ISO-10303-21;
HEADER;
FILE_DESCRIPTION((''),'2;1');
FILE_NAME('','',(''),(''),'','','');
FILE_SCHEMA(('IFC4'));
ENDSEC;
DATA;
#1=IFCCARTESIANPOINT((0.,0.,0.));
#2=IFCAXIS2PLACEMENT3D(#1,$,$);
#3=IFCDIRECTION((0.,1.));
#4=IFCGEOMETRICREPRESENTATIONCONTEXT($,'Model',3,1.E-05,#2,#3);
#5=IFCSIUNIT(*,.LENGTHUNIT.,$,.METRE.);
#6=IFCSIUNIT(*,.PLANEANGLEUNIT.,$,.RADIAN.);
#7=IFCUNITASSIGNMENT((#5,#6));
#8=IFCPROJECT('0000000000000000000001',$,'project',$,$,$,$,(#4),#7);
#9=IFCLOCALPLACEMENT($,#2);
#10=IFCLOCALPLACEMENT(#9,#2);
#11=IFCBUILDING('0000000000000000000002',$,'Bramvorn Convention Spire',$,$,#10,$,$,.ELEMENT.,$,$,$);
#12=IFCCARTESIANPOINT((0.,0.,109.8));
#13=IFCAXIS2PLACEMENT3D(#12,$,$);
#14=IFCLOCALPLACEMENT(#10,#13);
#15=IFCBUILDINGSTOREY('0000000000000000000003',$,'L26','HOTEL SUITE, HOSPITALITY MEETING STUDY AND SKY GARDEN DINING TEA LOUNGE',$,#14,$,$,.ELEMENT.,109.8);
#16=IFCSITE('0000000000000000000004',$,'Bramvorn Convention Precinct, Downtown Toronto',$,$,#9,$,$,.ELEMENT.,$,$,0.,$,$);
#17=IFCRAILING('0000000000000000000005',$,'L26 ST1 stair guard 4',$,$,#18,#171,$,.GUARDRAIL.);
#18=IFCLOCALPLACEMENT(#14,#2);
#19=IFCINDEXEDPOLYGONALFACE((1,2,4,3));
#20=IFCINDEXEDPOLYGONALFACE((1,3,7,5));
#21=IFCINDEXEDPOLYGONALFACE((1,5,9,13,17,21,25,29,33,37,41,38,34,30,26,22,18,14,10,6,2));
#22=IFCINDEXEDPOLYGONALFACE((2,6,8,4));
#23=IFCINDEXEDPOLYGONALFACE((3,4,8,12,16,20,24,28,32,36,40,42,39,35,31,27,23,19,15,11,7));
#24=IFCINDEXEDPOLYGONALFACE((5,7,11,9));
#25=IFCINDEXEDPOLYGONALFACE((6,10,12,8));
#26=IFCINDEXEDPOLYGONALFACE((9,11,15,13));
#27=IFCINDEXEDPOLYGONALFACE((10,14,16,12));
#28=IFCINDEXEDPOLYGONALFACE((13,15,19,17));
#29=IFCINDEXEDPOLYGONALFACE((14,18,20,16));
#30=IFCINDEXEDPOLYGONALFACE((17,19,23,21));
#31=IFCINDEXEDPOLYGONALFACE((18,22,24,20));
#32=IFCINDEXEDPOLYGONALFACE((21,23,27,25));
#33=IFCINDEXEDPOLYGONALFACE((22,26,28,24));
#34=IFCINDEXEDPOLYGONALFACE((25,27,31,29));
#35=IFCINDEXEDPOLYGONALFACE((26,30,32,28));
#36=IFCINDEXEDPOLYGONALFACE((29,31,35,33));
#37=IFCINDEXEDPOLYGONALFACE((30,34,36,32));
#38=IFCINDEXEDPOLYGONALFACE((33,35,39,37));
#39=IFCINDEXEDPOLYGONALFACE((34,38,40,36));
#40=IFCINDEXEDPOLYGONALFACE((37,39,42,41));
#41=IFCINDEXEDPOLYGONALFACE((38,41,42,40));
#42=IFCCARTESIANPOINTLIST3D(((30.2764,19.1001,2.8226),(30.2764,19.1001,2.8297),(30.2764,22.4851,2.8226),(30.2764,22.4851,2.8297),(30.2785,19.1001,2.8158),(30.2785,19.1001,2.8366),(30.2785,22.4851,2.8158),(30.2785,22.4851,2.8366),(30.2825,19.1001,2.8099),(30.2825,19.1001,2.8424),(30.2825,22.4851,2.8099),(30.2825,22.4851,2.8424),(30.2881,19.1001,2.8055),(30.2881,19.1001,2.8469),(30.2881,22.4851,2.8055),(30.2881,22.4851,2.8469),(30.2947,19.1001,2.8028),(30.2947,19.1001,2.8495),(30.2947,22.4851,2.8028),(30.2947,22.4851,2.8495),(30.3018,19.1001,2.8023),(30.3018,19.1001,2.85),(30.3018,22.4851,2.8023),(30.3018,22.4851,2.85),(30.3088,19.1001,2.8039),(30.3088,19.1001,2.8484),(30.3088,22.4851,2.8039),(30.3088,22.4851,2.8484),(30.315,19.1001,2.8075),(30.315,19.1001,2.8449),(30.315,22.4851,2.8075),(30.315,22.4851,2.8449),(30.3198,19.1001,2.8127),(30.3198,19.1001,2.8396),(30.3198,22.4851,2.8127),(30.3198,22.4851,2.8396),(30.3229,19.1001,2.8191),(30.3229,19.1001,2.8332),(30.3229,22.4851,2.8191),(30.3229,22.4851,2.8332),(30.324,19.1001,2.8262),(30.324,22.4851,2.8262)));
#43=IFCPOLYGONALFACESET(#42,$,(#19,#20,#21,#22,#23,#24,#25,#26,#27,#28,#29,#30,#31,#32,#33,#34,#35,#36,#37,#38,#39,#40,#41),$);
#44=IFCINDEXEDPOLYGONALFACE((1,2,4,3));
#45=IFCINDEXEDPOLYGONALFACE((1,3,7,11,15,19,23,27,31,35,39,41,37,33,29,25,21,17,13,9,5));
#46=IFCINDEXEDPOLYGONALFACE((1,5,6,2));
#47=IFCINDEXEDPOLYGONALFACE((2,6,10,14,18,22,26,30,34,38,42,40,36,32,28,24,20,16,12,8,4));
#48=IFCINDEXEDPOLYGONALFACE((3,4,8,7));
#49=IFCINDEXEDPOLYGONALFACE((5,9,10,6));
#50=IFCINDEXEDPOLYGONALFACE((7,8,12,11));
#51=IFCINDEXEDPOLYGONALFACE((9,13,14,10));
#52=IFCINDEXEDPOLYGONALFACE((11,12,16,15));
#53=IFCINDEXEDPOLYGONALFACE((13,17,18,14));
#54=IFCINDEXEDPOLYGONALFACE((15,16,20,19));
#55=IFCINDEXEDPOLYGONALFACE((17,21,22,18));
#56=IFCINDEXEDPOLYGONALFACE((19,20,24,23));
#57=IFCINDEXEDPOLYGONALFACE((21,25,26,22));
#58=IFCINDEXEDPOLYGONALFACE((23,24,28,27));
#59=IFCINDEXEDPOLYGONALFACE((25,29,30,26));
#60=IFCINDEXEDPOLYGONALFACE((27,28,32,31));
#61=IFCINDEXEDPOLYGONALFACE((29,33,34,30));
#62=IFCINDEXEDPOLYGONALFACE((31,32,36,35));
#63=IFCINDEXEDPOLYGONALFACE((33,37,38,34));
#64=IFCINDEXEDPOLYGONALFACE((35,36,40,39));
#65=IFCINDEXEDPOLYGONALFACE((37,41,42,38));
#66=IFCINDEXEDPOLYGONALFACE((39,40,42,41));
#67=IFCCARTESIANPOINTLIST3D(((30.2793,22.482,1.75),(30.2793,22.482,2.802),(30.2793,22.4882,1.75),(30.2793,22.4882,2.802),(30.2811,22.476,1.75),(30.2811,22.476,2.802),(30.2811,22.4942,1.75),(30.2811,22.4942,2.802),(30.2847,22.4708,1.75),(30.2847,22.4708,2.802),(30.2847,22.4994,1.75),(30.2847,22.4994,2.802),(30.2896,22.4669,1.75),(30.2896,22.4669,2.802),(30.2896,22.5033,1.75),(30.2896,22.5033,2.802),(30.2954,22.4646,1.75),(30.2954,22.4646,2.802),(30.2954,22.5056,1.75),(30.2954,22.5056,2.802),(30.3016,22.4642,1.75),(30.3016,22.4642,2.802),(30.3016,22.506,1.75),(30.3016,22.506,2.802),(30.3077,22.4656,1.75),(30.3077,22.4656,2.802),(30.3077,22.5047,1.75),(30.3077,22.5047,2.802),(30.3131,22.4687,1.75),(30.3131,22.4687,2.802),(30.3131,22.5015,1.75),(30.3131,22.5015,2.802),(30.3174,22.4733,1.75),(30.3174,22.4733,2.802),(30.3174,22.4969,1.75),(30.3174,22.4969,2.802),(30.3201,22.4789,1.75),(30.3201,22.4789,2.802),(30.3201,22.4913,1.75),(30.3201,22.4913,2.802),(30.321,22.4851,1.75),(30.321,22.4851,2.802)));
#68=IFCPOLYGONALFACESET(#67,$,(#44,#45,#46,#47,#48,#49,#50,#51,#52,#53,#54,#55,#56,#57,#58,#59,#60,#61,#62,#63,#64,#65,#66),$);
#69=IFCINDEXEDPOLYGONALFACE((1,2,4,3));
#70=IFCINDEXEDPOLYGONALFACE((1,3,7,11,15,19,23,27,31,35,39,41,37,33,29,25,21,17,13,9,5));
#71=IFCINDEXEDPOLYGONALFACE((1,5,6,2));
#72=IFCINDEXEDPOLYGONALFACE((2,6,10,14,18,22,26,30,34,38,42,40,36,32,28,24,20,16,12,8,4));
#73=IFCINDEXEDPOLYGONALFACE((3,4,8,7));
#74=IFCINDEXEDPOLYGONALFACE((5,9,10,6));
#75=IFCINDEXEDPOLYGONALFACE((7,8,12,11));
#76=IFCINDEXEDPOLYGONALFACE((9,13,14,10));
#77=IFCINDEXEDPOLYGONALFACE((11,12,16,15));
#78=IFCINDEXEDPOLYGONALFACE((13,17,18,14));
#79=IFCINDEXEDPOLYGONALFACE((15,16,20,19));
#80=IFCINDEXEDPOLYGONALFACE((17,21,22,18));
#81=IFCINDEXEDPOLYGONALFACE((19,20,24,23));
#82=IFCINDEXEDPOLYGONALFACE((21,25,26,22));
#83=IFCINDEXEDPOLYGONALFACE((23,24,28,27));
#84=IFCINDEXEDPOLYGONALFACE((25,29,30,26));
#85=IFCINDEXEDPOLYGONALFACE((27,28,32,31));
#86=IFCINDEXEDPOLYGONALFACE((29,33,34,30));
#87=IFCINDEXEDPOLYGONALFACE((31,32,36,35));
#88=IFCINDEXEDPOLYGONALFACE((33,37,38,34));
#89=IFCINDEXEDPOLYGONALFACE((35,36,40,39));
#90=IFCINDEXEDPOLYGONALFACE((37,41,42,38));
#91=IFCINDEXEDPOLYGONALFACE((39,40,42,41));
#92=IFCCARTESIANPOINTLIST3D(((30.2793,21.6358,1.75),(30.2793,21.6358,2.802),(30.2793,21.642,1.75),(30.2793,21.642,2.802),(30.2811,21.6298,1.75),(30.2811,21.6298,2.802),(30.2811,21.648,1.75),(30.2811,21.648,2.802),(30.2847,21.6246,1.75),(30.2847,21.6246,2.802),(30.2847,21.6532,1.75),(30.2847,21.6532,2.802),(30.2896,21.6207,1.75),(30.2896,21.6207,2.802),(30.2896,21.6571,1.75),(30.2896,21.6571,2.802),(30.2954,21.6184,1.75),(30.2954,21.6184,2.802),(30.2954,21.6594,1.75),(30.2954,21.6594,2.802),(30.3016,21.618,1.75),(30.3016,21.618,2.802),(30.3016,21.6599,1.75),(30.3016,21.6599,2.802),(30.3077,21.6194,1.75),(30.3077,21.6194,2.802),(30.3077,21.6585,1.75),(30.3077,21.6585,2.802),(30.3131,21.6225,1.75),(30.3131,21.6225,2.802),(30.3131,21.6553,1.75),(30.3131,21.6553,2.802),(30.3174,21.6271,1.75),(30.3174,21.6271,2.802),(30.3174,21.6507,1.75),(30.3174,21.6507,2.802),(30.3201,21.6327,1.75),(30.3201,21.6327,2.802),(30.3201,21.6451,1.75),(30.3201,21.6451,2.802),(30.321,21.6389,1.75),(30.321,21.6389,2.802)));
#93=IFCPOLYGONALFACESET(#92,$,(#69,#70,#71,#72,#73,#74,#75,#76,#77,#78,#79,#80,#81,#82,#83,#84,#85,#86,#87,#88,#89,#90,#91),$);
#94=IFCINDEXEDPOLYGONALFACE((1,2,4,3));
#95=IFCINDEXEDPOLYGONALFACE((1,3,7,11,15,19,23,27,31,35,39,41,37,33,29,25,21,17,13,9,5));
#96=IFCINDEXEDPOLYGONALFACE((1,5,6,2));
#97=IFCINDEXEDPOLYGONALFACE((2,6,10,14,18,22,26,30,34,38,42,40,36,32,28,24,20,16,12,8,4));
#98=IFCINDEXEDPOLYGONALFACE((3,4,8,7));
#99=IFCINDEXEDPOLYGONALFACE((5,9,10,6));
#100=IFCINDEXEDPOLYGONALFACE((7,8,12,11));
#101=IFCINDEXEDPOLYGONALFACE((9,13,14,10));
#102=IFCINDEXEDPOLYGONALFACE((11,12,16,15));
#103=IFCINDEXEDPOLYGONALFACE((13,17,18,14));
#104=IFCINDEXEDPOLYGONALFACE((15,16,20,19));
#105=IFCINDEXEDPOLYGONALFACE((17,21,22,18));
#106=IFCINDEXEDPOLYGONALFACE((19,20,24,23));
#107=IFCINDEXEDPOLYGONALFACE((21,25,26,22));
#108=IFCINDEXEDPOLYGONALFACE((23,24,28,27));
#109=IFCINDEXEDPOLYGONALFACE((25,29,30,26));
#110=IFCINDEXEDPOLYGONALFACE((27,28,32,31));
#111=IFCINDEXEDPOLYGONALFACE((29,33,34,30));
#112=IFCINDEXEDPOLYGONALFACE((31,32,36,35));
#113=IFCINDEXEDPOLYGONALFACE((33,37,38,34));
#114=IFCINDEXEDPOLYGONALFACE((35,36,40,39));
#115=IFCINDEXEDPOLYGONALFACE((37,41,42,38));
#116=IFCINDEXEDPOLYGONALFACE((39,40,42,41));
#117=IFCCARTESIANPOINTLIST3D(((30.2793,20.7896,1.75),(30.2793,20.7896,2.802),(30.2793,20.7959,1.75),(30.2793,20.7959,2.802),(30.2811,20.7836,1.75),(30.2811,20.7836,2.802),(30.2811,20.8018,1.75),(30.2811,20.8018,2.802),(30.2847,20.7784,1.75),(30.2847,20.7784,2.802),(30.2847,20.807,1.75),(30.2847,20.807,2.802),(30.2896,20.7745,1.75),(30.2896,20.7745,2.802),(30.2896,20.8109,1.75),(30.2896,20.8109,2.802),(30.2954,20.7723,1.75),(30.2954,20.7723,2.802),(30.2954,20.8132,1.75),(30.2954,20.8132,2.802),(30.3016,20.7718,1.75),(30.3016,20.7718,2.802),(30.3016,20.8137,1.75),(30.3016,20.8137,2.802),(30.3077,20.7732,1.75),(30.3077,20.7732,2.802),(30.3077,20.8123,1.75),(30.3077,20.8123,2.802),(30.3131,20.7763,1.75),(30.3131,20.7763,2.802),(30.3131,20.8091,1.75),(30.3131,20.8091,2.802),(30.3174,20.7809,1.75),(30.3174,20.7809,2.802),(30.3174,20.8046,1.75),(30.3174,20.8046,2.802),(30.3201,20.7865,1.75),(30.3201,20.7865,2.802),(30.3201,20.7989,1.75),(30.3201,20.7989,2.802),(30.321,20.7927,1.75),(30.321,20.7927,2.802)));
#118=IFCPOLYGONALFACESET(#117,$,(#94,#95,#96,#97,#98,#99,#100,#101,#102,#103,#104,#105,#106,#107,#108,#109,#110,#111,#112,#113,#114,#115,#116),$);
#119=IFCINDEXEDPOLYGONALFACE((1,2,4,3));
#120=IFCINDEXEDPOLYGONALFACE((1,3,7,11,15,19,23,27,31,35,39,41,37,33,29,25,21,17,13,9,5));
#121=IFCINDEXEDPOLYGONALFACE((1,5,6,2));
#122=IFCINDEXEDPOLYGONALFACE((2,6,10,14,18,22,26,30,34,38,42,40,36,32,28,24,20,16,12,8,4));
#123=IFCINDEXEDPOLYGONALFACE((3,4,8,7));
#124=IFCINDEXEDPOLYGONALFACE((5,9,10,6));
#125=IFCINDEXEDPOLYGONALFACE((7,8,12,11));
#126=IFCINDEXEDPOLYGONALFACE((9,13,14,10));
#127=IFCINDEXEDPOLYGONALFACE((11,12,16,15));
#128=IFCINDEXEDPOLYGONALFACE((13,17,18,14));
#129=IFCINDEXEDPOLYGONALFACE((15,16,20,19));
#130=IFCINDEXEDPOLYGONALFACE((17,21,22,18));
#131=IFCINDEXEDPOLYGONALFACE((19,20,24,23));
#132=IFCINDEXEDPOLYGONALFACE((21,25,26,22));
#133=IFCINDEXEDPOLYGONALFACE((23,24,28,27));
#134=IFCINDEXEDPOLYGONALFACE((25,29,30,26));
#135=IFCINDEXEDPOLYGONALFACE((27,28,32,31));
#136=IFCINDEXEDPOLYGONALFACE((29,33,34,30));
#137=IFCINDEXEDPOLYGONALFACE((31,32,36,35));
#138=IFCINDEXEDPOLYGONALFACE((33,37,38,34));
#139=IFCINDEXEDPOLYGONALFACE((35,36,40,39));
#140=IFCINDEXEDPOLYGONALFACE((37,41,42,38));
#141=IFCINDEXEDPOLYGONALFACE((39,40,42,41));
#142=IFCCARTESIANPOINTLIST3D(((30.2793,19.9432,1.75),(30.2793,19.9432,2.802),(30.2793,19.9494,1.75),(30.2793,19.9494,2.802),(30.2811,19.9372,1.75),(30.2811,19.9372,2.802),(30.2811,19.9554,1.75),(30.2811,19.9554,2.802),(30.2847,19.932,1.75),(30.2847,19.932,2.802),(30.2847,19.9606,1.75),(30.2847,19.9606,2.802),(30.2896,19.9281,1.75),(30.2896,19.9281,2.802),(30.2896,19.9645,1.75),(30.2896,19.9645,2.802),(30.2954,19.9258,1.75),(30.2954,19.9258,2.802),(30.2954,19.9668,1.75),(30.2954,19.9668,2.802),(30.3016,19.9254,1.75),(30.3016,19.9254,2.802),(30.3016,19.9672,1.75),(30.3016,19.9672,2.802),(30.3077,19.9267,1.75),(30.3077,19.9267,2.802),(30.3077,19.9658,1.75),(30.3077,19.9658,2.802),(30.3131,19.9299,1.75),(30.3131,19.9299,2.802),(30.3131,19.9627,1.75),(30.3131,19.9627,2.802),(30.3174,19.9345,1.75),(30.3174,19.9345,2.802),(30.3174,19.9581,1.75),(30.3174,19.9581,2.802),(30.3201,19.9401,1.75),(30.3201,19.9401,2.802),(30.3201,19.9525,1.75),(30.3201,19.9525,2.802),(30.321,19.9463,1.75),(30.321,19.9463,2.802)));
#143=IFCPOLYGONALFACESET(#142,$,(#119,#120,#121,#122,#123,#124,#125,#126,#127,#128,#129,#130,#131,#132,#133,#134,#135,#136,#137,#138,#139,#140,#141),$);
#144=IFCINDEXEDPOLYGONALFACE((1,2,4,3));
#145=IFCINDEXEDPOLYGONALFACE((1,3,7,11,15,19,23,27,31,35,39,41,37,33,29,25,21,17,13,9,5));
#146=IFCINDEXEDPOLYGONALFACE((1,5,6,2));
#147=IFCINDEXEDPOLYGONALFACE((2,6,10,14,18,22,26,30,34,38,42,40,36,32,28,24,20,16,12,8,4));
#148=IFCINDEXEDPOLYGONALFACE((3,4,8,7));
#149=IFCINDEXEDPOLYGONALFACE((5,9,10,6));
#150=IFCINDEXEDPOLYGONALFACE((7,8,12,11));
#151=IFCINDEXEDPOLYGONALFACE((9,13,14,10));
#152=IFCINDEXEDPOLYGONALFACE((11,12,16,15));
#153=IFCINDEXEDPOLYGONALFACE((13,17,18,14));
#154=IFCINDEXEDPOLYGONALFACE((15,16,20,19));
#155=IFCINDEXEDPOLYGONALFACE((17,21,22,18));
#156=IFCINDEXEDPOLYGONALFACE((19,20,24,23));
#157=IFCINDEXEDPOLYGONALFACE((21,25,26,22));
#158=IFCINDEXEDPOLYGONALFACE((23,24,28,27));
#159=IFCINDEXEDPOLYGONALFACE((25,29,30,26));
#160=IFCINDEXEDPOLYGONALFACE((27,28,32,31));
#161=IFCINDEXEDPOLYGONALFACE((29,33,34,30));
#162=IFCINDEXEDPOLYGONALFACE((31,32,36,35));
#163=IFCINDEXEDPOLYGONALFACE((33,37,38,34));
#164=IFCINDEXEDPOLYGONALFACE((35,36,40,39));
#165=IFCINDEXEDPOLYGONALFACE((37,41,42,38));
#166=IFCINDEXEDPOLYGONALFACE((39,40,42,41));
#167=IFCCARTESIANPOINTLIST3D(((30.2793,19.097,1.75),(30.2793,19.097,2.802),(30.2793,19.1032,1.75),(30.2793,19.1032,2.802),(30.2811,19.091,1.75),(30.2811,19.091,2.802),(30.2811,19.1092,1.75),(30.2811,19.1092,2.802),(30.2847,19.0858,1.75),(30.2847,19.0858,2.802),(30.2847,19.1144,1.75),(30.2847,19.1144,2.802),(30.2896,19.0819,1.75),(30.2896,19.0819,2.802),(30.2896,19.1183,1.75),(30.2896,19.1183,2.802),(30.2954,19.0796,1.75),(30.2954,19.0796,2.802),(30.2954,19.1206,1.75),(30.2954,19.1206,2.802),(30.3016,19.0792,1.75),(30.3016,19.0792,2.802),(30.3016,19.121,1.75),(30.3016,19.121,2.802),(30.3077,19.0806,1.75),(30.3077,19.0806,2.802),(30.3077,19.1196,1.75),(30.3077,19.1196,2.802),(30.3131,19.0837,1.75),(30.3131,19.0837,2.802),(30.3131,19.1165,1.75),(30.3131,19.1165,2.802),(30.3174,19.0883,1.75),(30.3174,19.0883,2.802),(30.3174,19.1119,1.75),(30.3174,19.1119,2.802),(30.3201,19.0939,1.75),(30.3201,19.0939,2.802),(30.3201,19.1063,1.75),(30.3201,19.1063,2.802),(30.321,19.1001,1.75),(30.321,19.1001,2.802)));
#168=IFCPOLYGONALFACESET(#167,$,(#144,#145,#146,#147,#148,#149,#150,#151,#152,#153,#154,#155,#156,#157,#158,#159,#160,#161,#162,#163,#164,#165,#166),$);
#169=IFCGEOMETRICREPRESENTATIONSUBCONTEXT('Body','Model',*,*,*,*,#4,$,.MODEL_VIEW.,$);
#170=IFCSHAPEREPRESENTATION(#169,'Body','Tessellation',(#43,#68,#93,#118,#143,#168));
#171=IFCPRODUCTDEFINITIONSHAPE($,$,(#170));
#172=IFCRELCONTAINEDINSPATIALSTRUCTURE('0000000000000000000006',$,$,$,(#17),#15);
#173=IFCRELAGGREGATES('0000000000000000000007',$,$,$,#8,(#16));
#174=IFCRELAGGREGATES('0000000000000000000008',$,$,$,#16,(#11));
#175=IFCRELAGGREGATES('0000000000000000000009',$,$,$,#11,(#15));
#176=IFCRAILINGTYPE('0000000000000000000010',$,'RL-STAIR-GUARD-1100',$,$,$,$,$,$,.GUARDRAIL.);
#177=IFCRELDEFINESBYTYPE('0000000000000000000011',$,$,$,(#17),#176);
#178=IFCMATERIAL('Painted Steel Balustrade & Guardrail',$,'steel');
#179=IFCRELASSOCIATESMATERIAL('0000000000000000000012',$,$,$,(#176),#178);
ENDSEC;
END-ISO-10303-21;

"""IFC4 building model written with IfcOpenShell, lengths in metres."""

from ifc_helpers import new_model, si_unit, direction, frame, origin, origin_2d, place, context, subcontext, project, spatial, circle, extrude, material, type_object, element, save


model = new_model("IFC4")

# Units and contexts
model_context = context("Model", 3, precision=1e-05, world=origin(), true_north=direction((0.0, 1.0)))
body_context = subcontext(model_context, "Body", "Model", "MODEL_VIEW")
ifc_project = project(units=[si_unit("LENGTHUNIT", "METRE"), si_unit("PLANEANGLEUNIT", "RADIAN")], contexts=[model_context])

# Site, building, storey
site_placement = place(None, origin())
site = spatial("IfcSite", under=ifc_project, at=site_placement, Name="Bramvorn Convention Precinct, Downtown Toronto", CompositionType="ELEMENT", RefElevation=0.0)
building_placement = place(site_placement, origin())
building = spatial("IfcBuilding", under=site, at=building_placement, Name="Bramvorn Convention Spire", CompositionType="ELEMENT")
storey_placement = place(building_placement, frame((0.0, 0.0, 109.8)))
storey = spatial("IfcBuildingStorey", under=building, at=storey_placement, Name="L26", Description="HOTEL SUITE, HOSPITALITY MEETING STUDY AND SKY GARDEN DINING TEA LOUNGE", CompositionType="ELEMENT", Elevation=109.8)

# Railing
ifc_material_1 = material(Name="Painted Steel Balustrade & Guardrail", Category="steel")
railing_type_1 = type_object("IfcRailingType", Name="RL-STAIR-GUARD-1100", PredefinedType="GUARDRAIL", material=ifc_material_1)
for number, where, name in (
    (1, (30.3, 22.4851, 1.75), "L26 ST1 stair guard 4"),
):
    element("IfcRailing", number, at=place(storey_placement, frame(where)), inside=storey, type_object=railing_type_1, Name=name, PredefinedType="GUARDRAIL", context=body_context, shape_type="SweptSolid", body=[
        extrude(circle(Radius=0.0239, at=origin_2d()), frame((0.0, 0.0, 1.0762), z_axis=(0.0, -1.0, 0.0), x_axis=(1.0, 0.0, 0.0)), (0.0, 0.0, 1.0), 3.385),
        extrude(circle(Radius=0.021, at=origin_2d()), origin(), (0.0, 0.0, 1.0), 1.052),
        extrude(circle(Radius=0.021, at=origin_2d()), frame((0.0, -0.8462, 0.0)), (0.0, 0.0, 1.0), 1.052),
        extrude(circle(Radius=0.021, at=origin_2d()), frame((0.0, -1.6924, 0.0)), (0.0, 0.0, 1.0), 1.052),
        extrude(circle(Radius=0.021, at=origin_2d()), frame((0.0, -2.5388, 0.0)), (0.0, 0.0, 1.0), 1.052),
        extrude(circle(Radius=0.021, at=origin_2d()), frame((0.0, -3.385, 0.0)), (0.0, 0.0, 1.0), 1.052),
    ])

save(model, "model.ifc")
